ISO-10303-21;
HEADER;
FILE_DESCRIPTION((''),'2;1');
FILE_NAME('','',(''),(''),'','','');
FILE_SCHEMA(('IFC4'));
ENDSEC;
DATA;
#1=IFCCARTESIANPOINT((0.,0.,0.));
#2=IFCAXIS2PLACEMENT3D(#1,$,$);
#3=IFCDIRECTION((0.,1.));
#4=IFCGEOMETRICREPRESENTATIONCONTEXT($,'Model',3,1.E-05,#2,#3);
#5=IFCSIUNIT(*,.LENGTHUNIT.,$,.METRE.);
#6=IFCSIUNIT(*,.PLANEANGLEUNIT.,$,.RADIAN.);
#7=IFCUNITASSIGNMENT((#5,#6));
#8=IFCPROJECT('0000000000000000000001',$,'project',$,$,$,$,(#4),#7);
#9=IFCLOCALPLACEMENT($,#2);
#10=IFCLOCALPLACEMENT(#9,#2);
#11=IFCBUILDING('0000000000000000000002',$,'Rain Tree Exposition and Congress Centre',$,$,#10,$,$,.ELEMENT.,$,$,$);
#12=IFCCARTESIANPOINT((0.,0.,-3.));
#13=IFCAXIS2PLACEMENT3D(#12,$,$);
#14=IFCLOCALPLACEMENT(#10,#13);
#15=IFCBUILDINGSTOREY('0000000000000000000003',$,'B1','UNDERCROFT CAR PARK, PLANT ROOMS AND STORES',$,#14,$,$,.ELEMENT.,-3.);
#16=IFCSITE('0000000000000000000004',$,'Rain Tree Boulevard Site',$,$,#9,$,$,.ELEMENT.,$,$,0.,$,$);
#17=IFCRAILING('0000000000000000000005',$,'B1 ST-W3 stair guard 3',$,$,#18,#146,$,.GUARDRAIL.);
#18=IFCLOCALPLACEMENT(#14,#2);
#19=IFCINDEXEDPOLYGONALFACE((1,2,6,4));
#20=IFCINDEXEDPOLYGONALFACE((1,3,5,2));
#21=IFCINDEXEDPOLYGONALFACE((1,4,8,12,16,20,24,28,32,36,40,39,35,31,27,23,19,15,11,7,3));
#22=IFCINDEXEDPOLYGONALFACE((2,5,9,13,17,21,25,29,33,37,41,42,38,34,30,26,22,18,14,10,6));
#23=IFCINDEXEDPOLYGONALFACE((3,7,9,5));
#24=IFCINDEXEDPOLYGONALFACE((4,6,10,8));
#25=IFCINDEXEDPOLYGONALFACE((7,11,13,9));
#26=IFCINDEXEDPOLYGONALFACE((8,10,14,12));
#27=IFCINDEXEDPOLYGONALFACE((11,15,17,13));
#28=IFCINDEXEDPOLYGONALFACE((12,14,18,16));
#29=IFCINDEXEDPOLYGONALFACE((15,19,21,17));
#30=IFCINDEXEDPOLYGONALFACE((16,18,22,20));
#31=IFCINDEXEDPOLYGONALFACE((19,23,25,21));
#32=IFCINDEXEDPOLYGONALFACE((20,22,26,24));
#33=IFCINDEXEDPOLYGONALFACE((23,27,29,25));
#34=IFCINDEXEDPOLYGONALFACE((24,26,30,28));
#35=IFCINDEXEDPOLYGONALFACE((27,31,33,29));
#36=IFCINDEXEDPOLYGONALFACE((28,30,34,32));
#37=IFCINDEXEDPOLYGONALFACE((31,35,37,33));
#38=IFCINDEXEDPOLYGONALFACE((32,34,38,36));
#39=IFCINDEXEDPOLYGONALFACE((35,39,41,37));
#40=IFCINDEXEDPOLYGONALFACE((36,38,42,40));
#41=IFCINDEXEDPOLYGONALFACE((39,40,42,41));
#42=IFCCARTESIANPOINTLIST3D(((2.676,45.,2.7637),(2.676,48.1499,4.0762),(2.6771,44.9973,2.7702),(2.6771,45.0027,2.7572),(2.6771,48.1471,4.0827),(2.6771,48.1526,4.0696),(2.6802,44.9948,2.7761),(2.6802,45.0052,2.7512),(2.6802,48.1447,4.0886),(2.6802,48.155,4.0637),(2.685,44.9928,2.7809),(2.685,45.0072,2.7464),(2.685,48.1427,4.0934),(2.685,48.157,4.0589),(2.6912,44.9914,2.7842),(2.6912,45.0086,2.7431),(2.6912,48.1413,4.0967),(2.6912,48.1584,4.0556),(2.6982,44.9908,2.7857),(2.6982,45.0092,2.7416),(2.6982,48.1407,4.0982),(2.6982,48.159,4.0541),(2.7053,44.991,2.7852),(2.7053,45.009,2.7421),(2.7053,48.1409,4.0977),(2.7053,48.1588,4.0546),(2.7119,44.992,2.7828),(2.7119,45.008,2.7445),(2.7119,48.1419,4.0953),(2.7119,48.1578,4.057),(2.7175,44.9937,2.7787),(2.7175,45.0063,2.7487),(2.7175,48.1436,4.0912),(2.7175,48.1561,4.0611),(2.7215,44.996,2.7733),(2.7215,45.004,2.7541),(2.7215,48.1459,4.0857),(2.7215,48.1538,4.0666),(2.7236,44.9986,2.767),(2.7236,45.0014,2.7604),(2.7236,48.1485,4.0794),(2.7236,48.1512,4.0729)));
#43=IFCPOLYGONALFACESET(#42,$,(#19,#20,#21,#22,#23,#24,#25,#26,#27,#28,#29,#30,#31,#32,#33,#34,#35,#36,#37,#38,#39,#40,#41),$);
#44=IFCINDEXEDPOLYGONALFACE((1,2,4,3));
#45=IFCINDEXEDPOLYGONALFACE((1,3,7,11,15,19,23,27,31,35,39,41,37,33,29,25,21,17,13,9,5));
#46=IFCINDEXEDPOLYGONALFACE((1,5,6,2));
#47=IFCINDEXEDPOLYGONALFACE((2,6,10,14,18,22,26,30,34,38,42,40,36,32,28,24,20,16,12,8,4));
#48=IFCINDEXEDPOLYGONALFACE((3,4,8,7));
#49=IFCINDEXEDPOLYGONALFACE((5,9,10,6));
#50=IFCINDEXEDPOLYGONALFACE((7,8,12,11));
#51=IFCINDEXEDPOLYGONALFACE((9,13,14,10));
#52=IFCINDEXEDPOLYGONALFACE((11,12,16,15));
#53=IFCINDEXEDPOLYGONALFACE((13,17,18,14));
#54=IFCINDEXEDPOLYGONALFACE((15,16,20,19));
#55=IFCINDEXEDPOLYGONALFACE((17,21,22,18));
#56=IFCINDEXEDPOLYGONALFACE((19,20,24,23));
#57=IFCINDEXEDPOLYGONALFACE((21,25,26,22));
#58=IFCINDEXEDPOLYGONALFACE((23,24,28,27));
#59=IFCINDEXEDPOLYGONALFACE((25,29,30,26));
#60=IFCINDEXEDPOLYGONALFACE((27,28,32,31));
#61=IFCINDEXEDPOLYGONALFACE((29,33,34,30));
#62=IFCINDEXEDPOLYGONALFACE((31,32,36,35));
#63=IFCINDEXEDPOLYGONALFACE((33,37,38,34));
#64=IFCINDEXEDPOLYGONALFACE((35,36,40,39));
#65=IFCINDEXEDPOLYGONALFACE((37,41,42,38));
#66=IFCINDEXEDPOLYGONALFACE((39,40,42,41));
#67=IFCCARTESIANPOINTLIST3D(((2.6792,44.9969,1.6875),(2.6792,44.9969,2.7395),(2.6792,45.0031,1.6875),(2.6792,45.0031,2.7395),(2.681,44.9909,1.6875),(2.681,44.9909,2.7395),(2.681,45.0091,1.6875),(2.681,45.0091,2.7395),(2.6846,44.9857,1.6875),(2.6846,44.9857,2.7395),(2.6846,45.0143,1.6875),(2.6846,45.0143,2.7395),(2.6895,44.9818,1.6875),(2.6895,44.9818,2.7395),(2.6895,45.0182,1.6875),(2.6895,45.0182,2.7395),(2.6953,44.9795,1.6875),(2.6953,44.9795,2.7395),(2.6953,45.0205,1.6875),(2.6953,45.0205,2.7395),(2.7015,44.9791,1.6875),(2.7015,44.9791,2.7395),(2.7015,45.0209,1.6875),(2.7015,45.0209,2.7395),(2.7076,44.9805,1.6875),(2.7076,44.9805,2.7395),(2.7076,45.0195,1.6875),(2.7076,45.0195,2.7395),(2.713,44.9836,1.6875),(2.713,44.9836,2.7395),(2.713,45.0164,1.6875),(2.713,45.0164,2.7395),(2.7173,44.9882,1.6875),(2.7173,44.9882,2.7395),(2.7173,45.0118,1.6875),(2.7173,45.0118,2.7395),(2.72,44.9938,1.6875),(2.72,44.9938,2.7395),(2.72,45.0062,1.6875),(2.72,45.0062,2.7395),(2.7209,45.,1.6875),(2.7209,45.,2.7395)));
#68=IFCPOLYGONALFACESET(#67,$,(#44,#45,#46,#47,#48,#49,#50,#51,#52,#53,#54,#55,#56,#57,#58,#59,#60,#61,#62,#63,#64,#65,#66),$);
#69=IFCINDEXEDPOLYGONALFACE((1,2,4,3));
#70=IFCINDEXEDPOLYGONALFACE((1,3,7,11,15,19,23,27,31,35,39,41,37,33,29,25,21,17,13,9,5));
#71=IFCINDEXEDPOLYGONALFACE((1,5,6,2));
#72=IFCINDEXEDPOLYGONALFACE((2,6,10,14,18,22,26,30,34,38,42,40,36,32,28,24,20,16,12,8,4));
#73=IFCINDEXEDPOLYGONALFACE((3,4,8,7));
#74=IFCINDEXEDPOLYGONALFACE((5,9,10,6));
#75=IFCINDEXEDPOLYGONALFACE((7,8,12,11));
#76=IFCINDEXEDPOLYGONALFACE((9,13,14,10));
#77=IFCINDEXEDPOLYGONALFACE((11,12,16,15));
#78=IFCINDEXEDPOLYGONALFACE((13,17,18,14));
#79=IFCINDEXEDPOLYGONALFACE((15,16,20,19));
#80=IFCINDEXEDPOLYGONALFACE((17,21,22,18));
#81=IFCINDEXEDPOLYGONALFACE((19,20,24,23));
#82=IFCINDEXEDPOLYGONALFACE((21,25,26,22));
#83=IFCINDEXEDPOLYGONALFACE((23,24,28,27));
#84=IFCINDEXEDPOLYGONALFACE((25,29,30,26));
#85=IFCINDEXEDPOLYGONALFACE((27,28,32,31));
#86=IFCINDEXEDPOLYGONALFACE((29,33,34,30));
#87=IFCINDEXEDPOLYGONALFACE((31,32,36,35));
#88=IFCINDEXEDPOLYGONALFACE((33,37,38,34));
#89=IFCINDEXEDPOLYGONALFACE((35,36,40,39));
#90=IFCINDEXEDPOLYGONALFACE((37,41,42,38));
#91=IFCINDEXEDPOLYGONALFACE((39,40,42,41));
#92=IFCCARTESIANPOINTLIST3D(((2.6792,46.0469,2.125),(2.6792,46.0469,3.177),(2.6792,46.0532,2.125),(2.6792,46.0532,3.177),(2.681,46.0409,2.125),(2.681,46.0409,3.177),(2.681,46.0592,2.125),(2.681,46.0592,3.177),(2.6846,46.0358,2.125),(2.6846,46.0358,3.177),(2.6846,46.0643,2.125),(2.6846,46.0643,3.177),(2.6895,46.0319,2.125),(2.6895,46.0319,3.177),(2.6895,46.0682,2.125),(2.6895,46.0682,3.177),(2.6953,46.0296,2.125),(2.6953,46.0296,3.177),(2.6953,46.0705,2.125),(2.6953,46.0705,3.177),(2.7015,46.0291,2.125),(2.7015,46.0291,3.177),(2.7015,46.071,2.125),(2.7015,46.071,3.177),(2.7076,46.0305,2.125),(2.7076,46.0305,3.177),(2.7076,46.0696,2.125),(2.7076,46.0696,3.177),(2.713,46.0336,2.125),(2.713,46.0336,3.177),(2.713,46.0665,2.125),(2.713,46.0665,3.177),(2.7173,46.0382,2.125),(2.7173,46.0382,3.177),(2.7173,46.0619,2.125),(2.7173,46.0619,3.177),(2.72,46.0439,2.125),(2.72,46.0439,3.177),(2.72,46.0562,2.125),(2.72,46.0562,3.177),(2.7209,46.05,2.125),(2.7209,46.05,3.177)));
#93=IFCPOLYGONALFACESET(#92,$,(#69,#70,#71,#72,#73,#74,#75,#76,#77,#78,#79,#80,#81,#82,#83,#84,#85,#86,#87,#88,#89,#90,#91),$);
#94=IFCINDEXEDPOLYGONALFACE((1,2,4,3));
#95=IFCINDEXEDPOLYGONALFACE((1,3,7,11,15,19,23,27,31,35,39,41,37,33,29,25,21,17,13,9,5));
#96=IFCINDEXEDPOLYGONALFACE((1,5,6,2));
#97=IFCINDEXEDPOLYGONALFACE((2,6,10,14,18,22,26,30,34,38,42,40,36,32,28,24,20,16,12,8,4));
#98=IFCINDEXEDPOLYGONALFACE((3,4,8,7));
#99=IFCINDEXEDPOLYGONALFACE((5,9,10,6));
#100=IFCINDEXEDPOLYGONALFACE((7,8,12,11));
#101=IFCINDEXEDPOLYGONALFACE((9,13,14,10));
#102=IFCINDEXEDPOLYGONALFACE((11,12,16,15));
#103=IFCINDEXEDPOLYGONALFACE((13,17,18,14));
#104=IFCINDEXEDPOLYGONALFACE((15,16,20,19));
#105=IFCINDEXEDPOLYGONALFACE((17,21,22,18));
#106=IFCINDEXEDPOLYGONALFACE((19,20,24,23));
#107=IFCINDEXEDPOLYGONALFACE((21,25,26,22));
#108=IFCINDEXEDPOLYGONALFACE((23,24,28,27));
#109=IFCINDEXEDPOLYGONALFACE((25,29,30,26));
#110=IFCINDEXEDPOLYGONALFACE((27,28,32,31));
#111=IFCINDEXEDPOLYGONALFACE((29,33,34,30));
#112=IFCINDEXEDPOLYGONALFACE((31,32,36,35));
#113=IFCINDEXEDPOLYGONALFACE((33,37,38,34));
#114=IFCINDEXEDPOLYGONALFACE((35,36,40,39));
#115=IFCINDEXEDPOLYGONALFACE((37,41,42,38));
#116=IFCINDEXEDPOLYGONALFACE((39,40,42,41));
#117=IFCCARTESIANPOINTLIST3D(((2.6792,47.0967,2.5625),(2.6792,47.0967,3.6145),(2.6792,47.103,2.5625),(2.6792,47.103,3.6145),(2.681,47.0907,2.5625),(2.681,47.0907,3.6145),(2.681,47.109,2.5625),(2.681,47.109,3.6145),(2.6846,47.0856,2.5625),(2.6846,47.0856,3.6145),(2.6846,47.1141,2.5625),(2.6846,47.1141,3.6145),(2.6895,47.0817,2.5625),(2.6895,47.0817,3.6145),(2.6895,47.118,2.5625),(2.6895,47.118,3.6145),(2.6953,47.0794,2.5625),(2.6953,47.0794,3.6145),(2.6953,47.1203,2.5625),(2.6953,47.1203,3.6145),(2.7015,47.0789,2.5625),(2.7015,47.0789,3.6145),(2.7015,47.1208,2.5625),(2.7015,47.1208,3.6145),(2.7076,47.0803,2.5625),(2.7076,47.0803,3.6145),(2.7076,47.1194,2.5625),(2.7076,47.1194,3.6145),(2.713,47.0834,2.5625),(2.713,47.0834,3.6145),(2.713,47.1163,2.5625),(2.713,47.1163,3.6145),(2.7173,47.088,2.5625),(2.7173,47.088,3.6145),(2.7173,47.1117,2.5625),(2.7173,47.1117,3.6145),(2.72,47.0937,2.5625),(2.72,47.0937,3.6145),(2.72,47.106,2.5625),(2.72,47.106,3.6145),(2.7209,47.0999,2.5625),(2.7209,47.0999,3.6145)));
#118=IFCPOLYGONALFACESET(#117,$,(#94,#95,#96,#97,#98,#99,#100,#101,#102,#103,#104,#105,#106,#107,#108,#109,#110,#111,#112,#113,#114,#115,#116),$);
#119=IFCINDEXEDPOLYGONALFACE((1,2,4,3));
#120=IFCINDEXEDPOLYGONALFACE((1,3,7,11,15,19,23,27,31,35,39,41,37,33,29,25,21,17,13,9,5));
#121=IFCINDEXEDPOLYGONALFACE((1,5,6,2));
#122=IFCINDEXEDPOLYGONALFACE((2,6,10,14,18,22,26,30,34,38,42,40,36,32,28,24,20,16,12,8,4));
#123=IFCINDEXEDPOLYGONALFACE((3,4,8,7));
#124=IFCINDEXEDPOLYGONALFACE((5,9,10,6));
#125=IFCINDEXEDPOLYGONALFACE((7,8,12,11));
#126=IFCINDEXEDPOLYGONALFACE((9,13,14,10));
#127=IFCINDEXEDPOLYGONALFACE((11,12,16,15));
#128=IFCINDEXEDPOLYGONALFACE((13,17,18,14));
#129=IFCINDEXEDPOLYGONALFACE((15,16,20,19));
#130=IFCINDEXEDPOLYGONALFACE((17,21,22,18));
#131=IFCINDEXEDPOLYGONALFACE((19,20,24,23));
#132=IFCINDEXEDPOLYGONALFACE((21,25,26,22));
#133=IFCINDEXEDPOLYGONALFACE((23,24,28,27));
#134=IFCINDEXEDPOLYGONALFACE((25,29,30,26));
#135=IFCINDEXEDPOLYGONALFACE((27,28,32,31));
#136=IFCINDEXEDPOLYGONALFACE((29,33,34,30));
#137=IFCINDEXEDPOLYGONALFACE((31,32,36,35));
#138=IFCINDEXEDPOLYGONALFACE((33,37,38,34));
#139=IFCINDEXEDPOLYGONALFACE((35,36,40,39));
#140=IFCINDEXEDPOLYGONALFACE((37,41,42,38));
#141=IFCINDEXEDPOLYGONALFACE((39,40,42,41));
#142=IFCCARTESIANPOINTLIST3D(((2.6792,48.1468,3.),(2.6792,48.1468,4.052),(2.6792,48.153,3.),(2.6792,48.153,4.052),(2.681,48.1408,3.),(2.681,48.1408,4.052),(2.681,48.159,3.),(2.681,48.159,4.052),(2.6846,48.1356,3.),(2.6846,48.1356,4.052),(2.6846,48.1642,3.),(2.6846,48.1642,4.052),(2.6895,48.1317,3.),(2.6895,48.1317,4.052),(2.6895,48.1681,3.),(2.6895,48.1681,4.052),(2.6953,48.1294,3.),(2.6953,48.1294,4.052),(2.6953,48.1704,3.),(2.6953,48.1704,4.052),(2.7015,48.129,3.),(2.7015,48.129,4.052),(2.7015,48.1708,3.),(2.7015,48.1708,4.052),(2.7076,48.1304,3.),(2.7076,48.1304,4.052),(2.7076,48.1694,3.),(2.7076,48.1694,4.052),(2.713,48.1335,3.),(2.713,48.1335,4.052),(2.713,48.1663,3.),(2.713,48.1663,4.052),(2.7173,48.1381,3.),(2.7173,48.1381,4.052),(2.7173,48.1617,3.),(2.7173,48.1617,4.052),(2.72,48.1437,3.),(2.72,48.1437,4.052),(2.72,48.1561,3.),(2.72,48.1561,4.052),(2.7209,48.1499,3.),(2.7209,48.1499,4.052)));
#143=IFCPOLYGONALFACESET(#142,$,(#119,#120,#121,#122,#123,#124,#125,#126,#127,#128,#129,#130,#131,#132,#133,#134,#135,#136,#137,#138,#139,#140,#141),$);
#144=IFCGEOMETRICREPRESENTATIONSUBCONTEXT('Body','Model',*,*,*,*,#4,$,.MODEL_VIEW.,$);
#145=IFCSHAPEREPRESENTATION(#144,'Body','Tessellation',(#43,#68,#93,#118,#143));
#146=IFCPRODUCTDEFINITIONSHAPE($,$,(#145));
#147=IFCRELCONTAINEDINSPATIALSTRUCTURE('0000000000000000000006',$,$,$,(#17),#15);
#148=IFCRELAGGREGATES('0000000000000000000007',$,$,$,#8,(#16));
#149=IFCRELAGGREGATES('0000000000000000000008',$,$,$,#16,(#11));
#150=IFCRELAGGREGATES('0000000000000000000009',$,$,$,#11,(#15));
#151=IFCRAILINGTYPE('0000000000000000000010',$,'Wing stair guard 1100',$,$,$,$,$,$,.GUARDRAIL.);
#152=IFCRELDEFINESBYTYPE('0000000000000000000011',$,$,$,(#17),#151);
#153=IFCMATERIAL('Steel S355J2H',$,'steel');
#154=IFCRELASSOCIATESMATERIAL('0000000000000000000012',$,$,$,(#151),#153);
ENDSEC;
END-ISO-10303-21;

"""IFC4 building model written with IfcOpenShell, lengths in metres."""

from ifc_helpers import new_model, si_unit, direction, frame, origin, origin_2d, place, context, subcontext, project, spatial, circle, extrude, material, type_object, element, save


model = new_model("IFC4")

# Units and contexts
model_context = context("Model", 3, precision=1e-05, world=origin(), true_north=direction((0.0, 1.0)))
body_context = subcontext(model_context, "Body", "Model", "MODEL_VIEW")
ifc_project = project(units=[si_unit("LENGTHUNIT", "METRE"), si_unit("PLANEANGLEUNIT", "RADIAN")], contexts=[model_context])

# Site, building, storey
site_placement = place(None, origin())
site = spatial("IfcSite", under=ifc_project, at=site_placement, Name="Rain Tree Boulevard Site", CompositionType="ELEMENT", RefElevation=0.0)
building_placement = place(site_placement, origin())
building = spatial("IfcBuilding", under=site, at=building_placement, Name="Rain Tree Exposition and Congress Centre", CompositionType="ELEMENT")
storey_placement = place(building_placement, frame((0.0, 0.0, -3.0)))
storey = spatial("IfcBuildingStorey", under=building, at=storey_placement, Name="B1", Description="UNDERCROFT CAR PARK, PLANT ROOMS AND STORES", CompositionType="ELEMENT", Elevation=-3.0)

# Railing
ifc_material_1 = material(Name="Steel S355J2H", Category="steel")
railing_type_1 = type_object("IfcRailingType", Name="Wing stair guard 1100", PredefinedType="GUARDRAIL", material=ifc_material_1)
railing_1_placement = place(storey_placement, frame((2.7, 45.0, 1.6875)))
element("IfcRailing", 1, at=railing_1_placement, inside=storey, type_object=railing_type_1, Name="B1 ST-W3 stair guard 3", PredefinedType="GUARDRAIL", context=body_context, shape_type="SweptSolid", body=[
    extrude(circle(Radius=0.0239, at=origin_2d()), frame((0.0, 0.0, 1.0762), z_axis=(0.0, 0.923073, 0.384626), x_axis=(-1.0, 0.0, 0.0)), (0.0, 0.0, 1.0), 3.4124),
    extrude(circle(Radius=0.021, at=origin_2d()), origin(), (0.0, 0.0, 1.0), 1.052),
    extrude(circle(Radius=0.021, at=origin_2d()), frame((0.0, 1.05, 0.4375)), (0.0, 0.0, 1.0), 1.052),
    extrude(circle(Radius=0.021, at=origin_2d()), frame((0.0, 2.0999, 0.875)), (0.0, 0.0, 1.0), 1.052),
    extrude(circle(Radius=0.021, at=origin_2d()), frame((0.0, 3.1499, 1.3125)), (0.0, 0.0, 1.0), 1.052),
])

save(model, "model.ifc")
